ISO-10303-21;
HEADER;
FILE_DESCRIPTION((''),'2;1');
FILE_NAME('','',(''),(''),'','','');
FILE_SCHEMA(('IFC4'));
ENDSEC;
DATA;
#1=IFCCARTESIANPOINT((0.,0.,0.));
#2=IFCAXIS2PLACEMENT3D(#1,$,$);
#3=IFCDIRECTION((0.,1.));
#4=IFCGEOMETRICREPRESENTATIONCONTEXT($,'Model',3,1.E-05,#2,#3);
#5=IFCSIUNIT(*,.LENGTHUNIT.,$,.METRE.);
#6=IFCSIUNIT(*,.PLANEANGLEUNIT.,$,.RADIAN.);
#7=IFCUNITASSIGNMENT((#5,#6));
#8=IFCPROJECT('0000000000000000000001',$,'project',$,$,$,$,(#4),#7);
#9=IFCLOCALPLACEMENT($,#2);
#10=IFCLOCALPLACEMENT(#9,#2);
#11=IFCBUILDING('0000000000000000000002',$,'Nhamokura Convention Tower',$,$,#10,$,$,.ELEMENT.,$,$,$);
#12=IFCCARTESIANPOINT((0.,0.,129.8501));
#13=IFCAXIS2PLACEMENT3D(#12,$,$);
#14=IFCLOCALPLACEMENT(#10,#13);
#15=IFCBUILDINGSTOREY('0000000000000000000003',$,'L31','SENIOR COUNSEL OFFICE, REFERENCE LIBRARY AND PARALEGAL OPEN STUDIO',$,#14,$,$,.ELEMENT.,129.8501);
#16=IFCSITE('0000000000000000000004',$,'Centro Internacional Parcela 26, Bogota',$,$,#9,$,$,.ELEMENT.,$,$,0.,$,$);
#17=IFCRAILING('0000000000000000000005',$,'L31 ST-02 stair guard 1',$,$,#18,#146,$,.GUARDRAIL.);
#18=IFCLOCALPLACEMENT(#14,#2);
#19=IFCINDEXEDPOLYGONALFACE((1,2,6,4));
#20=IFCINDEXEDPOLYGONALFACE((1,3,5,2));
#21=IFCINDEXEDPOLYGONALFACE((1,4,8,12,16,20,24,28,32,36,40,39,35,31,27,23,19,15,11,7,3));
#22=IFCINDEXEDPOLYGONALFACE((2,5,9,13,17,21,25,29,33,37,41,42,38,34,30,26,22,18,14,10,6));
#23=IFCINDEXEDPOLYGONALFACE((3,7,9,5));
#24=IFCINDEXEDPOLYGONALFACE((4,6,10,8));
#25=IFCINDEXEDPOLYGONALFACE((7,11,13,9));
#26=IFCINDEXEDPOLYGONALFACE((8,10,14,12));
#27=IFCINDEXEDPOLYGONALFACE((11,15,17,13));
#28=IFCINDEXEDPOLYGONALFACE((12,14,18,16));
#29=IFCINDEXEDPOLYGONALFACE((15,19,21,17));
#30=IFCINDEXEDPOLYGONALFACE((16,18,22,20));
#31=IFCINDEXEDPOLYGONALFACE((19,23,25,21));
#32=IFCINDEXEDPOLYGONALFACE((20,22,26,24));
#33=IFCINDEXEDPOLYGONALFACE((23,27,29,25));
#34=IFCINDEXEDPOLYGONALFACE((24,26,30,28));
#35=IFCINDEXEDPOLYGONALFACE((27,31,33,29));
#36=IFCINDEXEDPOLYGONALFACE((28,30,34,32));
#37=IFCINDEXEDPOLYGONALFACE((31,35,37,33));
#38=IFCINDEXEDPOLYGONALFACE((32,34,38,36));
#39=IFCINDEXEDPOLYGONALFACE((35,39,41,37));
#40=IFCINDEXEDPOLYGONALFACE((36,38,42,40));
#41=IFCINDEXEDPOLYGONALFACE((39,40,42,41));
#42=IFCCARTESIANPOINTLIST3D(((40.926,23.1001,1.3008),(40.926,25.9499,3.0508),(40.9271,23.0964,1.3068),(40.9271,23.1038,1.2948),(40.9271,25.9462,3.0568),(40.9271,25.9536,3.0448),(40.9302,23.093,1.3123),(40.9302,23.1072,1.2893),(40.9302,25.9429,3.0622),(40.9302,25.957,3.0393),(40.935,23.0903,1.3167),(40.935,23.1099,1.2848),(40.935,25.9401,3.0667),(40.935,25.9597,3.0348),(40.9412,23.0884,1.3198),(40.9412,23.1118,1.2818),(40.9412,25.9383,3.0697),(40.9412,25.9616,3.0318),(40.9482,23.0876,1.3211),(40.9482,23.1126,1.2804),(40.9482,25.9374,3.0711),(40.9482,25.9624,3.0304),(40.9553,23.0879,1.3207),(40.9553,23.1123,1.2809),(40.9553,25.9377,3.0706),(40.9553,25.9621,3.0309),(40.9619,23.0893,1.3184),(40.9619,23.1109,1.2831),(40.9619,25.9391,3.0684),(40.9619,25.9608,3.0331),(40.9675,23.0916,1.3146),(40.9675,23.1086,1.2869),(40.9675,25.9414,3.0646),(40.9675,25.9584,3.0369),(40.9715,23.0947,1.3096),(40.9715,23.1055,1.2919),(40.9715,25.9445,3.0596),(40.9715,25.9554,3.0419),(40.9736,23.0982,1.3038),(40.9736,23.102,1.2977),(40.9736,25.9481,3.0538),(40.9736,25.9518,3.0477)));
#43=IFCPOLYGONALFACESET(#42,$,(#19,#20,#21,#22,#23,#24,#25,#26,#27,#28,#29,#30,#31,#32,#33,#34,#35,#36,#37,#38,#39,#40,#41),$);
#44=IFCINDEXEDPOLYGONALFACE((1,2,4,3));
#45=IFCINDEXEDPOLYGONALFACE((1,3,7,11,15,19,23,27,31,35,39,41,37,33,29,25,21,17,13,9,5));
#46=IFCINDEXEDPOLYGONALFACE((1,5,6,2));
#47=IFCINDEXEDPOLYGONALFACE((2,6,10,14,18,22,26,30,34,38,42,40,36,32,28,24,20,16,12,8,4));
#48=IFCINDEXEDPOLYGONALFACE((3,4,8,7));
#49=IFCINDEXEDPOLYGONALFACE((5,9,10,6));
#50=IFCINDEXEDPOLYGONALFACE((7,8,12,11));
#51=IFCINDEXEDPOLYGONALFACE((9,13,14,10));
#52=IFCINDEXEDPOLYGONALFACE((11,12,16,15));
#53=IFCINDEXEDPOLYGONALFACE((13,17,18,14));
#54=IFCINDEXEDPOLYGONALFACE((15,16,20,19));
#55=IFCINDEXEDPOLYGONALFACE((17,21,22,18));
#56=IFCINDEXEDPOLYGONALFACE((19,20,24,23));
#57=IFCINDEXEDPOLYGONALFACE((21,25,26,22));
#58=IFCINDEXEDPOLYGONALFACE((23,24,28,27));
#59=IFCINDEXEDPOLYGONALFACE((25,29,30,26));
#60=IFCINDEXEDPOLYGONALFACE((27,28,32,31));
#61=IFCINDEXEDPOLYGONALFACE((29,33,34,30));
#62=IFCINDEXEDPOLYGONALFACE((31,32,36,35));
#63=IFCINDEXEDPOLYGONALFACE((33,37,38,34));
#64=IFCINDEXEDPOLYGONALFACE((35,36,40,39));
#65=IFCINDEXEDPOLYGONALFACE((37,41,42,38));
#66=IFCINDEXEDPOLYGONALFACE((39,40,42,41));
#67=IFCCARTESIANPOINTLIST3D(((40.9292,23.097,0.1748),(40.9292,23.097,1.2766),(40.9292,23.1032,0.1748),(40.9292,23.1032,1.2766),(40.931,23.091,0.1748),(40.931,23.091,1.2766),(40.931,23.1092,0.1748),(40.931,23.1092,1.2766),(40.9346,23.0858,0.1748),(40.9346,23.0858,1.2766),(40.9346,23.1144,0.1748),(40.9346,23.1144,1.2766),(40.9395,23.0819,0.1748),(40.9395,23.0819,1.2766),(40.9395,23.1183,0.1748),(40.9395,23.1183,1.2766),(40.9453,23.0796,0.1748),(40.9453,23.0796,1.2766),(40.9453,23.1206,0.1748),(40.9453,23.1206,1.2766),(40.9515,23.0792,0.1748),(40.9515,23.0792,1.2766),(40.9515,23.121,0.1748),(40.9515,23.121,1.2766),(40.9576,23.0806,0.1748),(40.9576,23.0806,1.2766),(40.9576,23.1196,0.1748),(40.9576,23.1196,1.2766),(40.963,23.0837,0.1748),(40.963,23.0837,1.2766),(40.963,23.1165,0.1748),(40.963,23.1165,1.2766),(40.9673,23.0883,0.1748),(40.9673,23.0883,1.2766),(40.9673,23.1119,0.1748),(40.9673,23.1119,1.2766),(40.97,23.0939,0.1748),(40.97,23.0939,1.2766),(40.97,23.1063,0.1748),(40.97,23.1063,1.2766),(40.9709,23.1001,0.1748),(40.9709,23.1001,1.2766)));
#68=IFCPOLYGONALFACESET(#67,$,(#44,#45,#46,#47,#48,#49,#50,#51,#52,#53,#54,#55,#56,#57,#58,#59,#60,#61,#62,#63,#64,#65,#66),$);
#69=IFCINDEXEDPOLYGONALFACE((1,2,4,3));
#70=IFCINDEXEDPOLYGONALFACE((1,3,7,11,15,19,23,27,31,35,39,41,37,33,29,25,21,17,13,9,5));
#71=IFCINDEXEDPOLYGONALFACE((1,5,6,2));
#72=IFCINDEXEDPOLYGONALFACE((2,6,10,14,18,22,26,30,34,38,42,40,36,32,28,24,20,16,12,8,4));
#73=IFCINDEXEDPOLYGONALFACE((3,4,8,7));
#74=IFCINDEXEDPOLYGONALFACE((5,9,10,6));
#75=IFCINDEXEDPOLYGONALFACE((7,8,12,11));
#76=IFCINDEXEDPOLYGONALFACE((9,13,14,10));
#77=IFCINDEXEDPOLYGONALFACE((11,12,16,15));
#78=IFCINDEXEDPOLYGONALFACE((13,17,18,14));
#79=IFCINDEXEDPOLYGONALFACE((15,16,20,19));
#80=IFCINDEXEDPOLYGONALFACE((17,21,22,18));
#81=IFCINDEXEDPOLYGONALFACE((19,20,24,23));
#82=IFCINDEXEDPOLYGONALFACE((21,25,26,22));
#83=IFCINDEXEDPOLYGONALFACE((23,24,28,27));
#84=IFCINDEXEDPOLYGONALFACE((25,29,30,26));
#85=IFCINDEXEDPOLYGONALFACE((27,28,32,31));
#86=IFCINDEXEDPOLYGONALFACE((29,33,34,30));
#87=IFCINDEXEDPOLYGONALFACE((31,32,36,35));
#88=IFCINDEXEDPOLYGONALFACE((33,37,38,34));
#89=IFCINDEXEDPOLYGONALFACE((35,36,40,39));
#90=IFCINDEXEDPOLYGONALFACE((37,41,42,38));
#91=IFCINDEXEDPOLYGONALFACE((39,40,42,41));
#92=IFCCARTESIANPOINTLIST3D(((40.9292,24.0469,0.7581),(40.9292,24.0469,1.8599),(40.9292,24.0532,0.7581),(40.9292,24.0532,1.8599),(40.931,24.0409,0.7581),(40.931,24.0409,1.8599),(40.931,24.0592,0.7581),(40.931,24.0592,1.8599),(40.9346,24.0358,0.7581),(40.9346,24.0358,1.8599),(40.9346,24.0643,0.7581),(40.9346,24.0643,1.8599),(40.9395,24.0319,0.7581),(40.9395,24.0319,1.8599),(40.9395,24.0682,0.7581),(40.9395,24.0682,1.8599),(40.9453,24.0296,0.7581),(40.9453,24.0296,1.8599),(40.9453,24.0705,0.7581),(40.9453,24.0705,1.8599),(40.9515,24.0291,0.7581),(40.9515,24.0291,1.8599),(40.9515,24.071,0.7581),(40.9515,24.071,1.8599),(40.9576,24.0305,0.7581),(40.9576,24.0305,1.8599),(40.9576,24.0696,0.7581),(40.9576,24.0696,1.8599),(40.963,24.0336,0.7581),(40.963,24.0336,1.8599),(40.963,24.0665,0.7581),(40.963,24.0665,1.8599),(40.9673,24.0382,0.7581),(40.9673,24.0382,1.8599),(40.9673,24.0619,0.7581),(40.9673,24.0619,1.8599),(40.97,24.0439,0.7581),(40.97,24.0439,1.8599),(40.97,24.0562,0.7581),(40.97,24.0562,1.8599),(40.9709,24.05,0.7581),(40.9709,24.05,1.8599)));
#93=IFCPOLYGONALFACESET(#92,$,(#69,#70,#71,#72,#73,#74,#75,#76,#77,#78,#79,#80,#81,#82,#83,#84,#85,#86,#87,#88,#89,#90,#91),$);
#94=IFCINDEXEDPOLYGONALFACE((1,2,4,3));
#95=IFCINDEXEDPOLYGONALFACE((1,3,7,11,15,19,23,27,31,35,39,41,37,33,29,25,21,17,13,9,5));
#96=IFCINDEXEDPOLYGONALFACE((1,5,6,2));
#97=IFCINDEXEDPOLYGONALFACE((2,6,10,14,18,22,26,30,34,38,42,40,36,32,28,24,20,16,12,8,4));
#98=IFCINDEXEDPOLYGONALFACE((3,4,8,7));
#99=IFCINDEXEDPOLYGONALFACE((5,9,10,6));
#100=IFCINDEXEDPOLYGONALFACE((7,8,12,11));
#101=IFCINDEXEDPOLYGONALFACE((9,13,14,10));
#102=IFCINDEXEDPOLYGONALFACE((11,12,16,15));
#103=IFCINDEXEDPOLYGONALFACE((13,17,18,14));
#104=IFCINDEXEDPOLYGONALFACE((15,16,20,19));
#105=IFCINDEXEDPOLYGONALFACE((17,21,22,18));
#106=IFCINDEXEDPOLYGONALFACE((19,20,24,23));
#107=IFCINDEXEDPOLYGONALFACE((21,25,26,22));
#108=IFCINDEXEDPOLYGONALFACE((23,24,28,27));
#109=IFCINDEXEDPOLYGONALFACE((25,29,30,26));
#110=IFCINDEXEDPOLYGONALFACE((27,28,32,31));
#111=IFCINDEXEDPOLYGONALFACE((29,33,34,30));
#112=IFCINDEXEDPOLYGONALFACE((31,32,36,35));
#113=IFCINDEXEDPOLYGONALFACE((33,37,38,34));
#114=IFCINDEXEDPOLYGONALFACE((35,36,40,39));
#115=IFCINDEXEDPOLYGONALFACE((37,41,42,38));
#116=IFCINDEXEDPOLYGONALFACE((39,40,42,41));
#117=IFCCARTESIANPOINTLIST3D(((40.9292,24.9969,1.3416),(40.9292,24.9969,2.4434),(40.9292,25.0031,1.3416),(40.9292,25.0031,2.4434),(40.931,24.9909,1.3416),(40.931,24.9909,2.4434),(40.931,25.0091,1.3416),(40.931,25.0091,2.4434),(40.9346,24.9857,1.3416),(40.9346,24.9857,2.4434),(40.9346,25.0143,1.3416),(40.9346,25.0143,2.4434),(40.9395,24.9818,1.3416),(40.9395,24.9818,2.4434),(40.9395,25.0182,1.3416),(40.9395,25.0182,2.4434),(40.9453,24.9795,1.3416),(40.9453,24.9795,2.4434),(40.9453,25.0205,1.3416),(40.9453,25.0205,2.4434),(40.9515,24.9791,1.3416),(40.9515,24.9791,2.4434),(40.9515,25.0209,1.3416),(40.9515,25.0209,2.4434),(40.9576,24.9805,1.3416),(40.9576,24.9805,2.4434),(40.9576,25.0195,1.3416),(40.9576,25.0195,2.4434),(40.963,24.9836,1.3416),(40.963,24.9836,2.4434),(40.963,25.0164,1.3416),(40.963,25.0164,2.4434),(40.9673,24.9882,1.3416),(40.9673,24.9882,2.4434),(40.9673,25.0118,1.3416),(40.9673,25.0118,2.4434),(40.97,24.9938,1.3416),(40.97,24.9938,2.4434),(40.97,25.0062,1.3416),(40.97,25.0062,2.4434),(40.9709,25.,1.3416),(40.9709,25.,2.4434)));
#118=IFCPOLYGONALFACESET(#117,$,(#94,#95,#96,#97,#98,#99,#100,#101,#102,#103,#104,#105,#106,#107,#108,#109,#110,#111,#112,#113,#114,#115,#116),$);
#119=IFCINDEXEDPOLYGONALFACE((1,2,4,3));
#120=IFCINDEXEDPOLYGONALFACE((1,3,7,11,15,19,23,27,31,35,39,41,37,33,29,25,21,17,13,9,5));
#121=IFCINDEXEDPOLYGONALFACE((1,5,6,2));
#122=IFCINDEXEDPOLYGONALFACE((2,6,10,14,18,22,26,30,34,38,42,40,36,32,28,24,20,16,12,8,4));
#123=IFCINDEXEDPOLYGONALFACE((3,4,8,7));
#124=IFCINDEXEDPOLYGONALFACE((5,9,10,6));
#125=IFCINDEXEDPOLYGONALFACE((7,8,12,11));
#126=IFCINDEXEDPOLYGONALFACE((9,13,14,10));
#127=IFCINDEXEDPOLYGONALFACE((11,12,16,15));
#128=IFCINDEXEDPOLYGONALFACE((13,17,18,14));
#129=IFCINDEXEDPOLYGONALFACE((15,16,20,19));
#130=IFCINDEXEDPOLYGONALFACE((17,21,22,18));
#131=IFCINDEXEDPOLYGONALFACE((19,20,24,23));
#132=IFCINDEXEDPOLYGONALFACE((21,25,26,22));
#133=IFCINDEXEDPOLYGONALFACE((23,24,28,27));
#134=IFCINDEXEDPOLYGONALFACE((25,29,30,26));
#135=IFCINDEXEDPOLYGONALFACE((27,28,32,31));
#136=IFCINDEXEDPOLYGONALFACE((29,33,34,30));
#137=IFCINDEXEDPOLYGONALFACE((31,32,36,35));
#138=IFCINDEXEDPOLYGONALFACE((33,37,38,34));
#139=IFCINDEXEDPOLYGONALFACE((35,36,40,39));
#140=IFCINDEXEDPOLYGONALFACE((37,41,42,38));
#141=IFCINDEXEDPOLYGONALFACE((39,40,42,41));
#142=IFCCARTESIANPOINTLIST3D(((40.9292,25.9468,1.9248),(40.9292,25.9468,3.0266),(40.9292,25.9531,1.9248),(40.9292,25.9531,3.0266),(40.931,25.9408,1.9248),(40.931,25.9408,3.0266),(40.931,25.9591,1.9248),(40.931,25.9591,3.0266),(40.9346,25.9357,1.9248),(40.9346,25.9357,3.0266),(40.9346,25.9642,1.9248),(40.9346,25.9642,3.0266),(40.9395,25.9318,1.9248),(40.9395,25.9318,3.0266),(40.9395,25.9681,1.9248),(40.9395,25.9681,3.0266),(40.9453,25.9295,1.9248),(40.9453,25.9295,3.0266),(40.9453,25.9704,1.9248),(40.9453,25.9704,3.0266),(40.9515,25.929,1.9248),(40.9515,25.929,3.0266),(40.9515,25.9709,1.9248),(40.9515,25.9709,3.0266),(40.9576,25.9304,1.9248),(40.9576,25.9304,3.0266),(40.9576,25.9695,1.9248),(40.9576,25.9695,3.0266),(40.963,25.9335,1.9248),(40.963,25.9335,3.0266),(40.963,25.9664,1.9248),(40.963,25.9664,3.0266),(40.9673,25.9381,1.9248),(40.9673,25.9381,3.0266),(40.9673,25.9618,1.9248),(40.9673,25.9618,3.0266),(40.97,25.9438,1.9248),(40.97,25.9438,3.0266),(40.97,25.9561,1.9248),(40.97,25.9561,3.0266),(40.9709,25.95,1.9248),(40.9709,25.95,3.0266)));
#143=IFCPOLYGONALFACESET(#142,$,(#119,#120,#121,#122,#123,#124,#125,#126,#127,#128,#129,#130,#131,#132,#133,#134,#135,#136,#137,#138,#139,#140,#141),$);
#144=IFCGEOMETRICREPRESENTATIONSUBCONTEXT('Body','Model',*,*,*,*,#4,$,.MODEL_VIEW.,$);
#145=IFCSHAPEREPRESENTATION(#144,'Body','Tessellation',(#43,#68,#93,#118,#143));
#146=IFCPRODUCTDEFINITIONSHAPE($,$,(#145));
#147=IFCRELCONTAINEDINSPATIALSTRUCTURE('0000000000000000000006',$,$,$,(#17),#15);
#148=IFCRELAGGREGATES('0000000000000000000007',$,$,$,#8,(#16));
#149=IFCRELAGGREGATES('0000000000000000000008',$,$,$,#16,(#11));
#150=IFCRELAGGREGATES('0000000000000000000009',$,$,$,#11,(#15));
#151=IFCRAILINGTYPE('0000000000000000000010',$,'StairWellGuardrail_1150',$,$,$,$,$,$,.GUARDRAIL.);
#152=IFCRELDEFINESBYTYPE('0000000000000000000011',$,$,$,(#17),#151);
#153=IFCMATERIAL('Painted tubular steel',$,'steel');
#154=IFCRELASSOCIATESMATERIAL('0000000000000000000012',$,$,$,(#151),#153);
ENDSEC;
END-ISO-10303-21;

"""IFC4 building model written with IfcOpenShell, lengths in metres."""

from ifc_helpers import new_model, si_unit, direction, frame, origin, origin_2d, place, context, subcontext, project, spatial, circle, extrude, material, type_object, element, save


model = new_model("IFC4")

# Units and contexts
model_context = context("Model", 3, precision=1e-05, world=origin(), true_north=direction((0.0, 1.0)))
body_context = subcontext(model_context, "Body", "Model", "MODEL_VIEW")
ifc_project = project(units=[si_unit("LENGTHUNIT", "METRE"), si_unit("PLANEANGLEUNIT", "RADIAN")], contexts=[model_context])

# Site, building, storey
site_placement = place(None, origin())
site = spatial("IfcSite", under=ifc_project, at=site_placement, Name="Centro Internacional Parcela 26, Bogota", CompositionType="ELEMENT", RefElevation=0.0)
building_placement = place(site_placement, origin())
building = spatial("IfcBuilding", under=site, at=building_placement, Name="Nhamokura Convention Tower", CompositionType="ELEMENT")
storey_placement = place(building_placement, frame((0.0, 0.0, 129.8501)))
storey = spatial("IfcBuildingStorey", under=building, at=storey_placement, Name="L31", Description="SENIOR COUNSEL OFFICE, REFERENCE LIBRARY AND PARALEGAL OPEN STUDIO", CompositionType="ELEMENT", Elevation=129.8501)

# Railing
ifc_material_1 = material(Name="Painted tubular steel", Category="steel")
railing_type_1 = type_object("IfcRailingType", Name="StairWellGuardrail_1150", PredefinedType="GUARDRAIL", material=ifc_material_1)
railing_1_placement = place(storey_placement, frame((40.95, 23.1001, 0.1748)))
element("IfcRailing", 1, at=railing_1_placement, inside=storey, type_object=railing_type_1, Name="L31 ST-02 stair guard 1", PredefinedType="GUARDRAIL", context=body_context, shape_type="SweptSolid", body=[
    extrude(circle(Radius=0.0239, at=origin_2d()), frame((0.0, 0.0, 1.126), z_axis=(0.0, 0.852159, 0.523283), x_axis=(-1.0, 0.0, 0.0)), (0.0, 0.0, 1.0), 3.3442),
    extrude(circle(Radius=0.021, at=origin_2d()), origin(), (0.0, 0.0, 1.0), 1.1018),
    extrude(circle(Radius=0.021, at=origin_2d()), frame((0.0, 0.95, 0.5833)), (0.0, 0.0, 1.0), 1.1018),
    extrude(circle(Radius=0.021, at=origin_2d()), frame((0.0, 1.8999, 1.1667)), (0.0, 0.0, 1.0), 1.1018),
    extrude(circle(Radius=0.021, at=origin_2d()), frame((0.0, 2.8499, 1.75)), (0.0, 0.0, 1.0), 1.1018),
])

save(model, "model.ifc")
